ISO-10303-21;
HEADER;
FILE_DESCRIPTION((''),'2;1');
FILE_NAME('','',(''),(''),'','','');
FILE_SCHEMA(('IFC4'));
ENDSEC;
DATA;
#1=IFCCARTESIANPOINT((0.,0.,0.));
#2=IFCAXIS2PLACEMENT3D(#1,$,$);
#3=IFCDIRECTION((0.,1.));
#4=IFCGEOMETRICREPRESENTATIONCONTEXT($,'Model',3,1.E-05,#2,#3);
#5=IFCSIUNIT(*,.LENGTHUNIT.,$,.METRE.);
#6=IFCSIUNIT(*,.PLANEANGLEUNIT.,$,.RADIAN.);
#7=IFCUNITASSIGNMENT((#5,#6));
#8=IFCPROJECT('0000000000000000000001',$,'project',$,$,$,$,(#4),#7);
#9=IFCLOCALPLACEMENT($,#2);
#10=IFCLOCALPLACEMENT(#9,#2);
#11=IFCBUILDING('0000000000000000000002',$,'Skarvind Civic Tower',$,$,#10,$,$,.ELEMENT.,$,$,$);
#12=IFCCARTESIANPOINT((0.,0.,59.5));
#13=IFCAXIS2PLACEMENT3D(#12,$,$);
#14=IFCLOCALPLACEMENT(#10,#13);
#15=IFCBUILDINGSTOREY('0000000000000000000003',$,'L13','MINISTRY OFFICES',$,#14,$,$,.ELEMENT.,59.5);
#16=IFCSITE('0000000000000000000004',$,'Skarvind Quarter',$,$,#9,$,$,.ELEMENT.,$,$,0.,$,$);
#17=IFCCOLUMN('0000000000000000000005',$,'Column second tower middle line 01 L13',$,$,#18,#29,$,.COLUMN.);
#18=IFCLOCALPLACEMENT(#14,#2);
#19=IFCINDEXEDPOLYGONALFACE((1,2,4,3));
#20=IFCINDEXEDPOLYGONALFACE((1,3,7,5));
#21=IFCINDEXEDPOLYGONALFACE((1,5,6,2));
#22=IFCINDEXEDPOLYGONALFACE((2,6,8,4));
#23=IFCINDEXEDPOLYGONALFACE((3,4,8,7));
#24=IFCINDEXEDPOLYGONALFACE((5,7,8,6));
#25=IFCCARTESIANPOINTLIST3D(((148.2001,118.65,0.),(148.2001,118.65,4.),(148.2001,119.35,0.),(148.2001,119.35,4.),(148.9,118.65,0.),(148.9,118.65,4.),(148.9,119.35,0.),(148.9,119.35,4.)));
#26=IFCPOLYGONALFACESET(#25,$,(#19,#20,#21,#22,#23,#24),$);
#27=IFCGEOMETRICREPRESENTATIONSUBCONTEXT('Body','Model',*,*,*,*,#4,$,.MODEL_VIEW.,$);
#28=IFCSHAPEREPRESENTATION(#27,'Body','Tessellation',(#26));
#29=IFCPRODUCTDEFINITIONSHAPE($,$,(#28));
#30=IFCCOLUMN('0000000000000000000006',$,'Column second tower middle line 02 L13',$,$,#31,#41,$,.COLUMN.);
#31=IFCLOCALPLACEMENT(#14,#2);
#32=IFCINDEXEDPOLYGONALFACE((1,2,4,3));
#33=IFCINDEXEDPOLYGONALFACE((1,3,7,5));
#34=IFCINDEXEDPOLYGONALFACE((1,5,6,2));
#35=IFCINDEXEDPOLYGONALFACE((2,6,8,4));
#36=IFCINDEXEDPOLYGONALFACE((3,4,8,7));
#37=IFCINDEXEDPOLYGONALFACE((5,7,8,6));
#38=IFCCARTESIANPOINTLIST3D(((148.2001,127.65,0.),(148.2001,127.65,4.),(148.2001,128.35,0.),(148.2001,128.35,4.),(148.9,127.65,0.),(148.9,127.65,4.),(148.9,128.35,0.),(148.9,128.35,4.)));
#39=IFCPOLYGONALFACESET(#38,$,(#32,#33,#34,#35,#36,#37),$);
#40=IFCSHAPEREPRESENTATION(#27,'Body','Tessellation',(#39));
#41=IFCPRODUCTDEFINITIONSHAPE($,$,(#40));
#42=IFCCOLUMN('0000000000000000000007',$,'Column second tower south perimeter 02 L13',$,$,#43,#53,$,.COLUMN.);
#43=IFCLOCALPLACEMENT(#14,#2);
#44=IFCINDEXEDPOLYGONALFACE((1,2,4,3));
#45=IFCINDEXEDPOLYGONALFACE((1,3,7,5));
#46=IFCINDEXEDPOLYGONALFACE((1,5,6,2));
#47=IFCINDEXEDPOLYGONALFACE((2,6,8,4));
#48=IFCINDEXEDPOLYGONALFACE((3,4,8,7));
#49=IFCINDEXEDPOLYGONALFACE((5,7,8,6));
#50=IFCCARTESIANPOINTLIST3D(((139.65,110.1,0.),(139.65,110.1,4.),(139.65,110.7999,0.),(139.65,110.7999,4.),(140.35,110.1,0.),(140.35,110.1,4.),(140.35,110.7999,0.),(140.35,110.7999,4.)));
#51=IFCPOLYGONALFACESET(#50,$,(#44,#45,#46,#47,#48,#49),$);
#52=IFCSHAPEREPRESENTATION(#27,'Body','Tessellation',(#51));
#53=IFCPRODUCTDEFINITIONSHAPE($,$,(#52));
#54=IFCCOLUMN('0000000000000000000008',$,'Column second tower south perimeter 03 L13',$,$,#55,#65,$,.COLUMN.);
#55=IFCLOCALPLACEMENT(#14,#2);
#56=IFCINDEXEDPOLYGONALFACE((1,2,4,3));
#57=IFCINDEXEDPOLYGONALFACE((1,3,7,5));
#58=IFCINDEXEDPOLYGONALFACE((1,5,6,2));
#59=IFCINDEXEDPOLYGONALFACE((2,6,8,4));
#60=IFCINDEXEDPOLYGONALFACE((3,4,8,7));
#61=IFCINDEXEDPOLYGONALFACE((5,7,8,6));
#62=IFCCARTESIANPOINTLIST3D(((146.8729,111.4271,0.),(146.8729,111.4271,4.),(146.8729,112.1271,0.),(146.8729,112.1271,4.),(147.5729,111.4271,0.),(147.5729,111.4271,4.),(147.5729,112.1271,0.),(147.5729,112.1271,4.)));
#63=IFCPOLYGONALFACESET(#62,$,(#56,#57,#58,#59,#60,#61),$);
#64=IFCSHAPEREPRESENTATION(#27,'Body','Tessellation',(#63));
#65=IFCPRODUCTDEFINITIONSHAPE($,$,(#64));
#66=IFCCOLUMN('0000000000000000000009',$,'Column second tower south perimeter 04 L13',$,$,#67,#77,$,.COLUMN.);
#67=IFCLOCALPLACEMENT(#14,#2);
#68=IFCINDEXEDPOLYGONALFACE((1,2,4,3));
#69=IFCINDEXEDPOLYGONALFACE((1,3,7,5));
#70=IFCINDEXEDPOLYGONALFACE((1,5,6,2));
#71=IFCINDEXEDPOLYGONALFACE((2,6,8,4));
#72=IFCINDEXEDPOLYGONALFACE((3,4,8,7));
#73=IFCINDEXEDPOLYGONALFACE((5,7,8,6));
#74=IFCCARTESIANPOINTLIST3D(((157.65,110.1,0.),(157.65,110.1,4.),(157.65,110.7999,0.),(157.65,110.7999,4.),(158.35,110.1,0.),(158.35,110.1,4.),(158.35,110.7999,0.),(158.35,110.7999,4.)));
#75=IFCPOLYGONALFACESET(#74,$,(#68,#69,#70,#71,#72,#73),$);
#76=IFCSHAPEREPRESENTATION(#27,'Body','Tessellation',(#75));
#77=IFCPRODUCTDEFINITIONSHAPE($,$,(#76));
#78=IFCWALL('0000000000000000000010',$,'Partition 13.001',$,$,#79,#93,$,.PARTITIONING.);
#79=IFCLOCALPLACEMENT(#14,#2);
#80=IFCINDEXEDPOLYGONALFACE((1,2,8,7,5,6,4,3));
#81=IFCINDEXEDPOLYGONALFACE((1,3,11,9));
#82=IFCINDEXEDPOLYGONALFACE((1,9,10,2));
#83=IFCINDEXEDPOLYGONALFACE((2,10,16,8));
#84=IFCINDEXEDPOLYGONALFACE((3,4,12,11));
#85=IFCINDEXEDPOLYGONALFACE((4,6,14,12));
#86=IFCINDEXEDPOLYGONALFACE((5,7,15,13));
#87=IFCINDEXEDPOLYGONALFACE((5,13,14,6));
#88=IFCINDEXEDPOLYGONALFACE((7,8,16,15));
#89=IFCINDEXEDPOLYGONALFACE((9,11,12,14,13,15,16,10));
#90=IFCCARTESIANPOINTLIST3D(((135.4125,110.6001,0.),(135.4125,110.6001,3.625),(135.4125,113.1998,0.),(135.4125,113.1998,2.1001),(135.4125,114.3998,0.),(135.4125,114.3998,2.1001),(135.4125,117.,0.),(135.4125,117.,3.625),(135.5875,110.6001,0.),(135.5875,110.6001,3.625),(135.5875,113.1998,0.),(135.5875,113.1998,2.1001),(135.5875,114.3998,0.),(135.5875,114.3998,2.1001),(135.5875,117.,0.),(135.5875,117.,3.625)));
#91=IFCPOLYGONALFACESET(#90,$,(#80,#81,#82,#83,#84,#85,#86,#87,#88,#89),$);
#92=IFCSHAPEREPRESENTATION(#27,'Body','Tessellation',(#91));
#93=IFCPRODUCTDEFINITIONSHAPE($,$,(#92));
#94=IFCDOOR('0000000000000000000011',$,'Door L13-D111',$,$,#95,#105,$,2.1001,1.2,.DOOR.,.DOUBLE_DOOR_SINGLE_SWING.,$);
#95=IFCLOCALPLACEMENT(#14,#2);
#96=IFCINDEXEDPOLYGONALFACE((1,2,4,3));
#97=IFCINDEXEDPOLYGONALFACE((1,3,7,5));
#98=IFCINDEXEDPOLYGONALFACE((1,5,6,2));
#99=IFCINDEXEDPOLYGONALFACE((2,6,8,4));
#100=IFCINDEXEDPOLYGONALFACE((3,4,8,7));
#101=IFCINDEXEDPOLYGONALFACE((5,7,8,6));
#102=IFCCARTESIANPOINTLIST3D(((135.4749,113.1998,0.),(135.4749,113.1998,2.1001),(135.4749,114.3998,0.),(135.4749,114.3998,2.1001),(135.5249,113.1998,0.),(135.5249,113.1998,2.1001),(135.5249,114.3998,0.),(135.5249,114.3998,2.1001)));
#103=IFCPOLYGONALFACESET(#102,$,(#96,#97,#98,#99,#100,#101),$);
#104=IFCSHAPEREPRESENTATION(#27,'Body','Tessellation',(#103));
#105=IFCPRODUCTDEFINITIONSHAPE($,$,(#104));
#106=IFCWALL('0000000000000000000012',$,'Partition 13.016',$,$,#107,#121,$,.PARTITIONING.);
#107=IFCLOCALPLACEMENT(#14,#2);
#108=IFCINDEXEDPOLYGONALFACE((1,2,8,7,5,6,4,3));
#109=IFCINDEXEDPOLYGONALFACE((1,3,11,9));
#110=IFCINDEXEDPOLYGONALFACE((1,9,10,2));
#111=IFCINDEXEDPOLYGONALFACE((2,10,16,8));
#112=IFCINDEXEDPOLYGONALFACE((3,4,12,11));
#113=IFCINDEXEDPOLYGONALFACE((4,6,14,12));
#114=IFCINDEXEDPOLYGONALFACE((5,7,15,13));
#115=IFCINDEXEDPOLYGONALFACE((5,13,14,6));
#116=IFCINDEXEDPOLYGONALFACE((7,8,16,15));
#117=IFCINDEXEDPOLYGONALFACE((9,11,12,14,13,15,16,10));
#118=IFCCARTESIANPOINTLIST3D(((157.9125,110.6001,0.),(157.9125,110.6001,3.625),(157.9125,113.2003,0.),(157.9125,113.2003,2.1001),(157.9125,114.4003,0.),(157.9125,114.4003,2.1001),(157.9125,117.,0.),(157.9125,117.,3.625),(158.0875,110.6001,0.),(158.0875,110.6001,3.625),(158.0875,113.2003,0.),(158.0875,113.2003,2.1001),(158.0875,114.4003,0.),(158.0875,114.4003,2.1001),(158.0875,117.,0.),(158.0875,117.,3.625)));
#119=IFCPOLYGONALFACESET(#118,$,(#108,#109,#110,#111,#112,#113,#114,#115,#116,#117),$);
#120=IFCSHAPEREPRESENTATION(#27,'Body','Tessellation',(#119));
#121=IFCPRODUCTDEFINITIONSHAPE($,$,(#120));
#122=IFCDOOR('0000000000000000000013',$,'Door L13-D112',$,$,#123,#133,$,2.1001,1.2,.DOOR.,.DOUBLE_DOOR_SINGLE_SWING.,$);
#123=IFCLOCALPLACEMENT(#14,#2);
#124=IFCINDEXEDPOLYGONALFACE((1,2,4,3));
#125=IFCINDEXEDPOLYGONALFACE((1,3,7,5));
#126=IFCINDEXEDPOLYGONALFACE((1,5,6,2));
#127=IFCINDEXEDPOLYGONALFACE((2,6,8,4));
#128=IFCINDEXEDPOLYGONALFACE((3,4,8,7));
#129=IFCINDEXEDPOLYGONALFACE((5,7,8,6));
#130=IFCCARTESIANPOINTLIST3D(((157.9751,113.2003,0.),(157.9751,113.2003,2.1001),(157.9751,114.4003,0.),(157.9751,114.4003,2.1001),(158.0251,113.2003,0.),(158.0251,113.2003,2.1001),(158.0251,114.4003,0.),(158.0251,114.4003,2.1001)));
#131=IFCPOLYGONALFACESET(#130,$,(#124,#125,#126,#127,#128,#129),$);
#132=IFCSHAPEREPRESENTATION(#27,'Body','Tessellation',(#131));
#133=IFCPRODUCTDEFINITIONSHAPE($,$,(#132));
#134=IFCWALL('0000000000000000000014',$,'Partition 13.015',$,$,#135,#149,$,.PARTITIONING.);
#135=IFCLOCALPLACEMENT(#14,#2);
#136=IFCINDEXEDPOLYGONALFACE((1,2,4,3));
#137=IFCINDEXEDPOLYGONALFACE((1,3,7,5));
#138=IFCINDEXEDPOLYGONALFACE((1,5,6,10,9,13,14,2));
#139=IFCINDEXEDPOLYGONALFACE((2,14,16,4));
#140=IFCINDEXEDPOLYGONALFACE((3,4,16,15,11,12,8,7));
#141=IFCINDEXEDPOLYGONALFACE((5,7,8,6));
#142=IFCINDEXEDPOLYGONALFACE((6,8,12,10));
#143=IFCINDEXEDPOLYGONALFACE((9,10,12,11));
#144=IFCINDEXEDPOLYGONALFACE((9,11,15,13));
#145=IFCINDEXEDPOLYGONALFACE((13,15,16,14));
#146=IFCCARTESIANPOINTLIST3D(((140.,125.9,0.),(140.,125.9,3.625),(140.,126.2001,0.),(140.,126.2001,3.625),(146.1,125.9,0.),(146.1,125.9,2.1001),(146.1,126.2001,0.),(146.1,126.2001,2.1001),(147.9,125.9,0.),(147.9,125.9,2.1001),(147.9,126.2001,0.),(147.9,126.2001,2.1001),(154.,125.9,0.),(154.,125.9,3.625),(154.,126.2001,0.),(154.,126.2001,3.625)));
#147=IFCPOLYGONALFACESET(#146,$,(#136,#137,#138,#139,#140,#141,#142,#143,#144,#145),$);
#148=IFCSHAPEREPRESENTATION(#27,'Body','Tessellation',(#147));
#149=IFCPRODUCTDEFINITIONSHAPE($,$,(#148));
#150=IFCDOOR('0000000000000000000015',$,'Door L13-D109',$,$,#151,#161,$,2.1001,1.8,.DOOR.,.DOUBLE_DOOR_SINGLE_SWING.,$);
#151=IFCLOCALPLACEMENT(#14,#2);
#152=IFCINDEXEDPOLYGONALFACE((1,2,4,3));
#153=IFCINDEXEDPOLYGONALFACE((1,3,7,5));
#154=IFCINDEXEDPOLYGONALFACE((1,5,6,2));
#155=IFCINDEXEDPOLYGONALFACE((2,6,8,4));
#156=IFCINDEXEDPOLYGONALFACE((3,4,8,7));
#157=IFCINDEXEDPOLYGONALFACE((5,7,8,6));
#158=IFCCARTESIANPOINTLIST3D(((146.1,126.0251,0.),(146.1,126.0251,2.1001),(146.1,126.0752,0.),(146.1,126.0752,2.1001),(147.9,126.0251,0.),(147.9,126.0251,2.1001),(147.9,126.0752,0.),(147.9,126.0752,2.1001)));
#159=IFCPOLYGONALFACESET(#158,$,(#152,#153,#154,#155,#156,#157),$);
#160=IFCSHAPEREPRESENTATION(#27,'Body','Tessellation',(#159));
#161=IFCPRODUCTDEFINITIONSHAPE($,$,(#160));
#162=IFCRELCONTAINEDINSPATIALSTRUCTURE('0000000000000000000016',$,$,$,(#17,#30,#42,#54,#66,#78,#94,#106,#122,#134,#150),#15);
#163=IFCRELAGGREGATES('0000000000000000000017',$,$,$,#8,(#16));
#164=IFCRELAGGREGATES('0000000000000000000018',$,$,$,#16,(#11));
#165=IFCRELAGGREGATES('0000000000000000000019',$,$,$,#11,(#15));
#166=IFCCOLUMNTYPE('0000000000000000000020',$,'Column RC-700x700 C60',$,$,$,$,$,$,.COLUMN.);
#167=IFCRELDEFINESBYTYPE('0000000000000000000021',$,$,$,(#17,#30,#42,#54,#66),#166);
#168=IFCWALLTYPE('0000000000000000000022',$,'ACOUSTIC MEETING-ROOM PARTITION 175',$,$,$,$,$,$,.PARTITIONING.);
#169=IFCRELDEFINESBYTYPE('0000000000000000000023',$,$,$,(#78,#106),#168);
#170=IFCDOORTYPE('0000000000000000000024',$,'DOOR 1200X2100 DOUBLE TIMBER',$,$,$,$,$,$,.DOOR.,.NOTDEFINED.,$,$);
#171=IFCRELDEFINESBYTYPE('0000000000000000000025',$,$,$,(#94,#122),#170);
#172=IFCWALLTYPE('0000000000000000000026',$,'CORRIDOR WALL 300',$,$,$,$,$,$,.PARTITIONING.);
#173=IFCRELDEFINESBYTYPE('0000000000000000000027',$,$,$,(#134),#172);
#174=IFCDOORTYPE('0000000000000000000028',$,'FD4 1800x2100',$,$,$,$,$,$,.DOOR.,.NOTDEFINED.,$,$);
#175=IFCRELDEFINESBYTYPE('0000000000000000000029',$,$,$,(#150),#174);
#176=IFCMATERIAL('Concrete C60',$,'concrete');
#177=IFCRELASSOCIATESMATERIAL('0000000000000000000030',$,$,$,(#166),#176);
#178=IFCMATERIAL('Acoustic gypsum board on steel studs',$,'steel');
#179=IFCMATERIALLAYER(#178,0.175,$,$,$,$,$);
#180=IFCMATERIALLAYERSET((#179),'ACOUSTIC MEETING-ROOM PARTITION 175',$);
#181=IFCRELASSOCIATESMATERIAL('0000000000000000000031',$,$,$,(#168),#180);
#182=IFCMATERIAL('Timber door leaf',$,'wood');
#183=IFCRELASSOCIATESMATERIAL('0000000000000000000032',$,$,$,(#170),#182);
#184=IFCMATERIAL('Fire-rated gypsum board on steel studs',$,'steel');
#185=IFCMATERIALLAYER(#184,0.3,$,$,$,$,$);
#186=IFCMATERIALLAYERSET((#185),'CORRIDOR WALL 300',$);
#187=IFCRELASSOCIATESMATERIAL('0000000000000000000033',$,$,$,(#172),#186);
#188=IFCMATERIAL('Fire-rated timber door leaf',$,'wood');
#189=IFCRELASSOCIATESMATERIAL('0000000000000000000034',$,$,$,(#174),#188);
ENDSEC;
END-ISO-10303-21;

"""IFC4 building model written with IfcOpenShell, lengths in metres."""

from ifc_helpers import new_model, si_unit, direction, frame, frame_2d, origin, origin_2d, place, context, subcontext, project, spatial, rectangle, extrude, material, layer, layer_set, material_profile, profile_set, type_object, element, fill, save


model = new_model("IFC4")

# Units and contexts
model_context = context("Model", 3, precision=1e-05, world=origin(), true_north=direction((0.0, 1.0)))
body_context = subcontext(model_context, "Body", "Model", "MODEL_VIEW")
ifc_project = project(units=[si_unit("LENGTHUNIT", "METRE"), si_unit("PLANEANGLEUNIT", "RADIAN")], contexts=[model_context])

# Site, building, storey
site_placement = place(None, origin())
site = spatial("IfcSite", under=ifc_project, at=site_placement, Name="Skarvind Quarter", CompositionType="ELEMENT", RefElevation=0.0)
building_placement = place(site_placement, origin())
building = spatial("IfcBuilding", under=site, at=building_placement, Name="Skarvind Civic Tower", CompositionType="ELEMENT")
storey_placement = place(building_placement, frame((0.0, 0.0, 59.5)))
storey = spatial("IfcBuildingStorey", under=building, at=storey_placement, Name="L13", Description="MINISTRY OFFICES", CompositionType="ELEMENT", Elevation=59.5)

# Columns
ifc_material_1 = material(Name="Concrete C60", Category="concrete")
ifc_material_profile = material_profile(ifc_material_1, rectangle(XDim=0.7, YDim=0.7, at=origin_2d()), Name="RC-700x700")
ifc_profile_set = profile_set([ifc_material_profile], Name="Concrete C60")
column_type = type_object("IfcColumnType", Name="Column RC-700x700 C60", PredefinedType="COLUMN", material=ifc_profile_set)
for number, where, z_axis, x_axis, name in (
    (1, (148.55, 119.0, 0.0), (0.0, 0.0, 1.0), (1.0, 0.0, 0.0), "Column second tower middle line 01 L13"),
    (2, (148.55, 128.0, 0.0), (0.0, 0.0, 1.0), (1.0, 0.0, 0.0), "Column second tower middle line 02 L13"),
    (3, (140.0, 110.45, 0.0), (0.0, 0.0, 1.0), (1.0, 0.0, 0.0), "Column second tower south perimeter 02 L13"),
    (4, (147.2229, 111.7771, 0.0), (0.0, 0.0, 1.0), (1.0, 0.0, 0.0), "Column second tower south perimeter 03 L13"),
    (5, (158.0, 110.45, 0.0), (0.0, 0.0, 1.0), (1.0, 0.0, 0.0), "Column second tower south perimeter 04 L13"),
):
    element("IfcColumn", number, at=place(storey_placement, frame(where, z_axis=z_axis, x_axis=x_axis)), inside=storey, type_object=column_type, Name=name, PredefinedType="COLUMN", context=body_context, shape_type="SweptSolid", body=[
        extrude(rectangle(XDim=0.7, YDim=0.7, at=origin_2d()), origin(), (0.0, 0.0, 1.0), 4.0),
    ])

# Walls, openings, doors
ifc_material_2 = material(Name="Acoustic gypsum board on steel studs", Category="steel")
ifc_layer_1 = layer(ifc_material_2, 0.175)
ifc_layer_set_1 = layer_set([ifc_layer_1], Name="ACOUSTIC MEETING-ROOM PARTITION 175")
wall_type_1 = type_object("IfcWallType", Name="ACOUSTIC MEETING-ROOM PARTITION 175", PredefinedType="PARTITIONING", material=ifc_layer_set_1)
wall_1_placement = place(storey_placement, frame((135.5, 117.0, 0.0), z_axis=(0.0, 0.0, 1.0), x_axis=(0.0, -1.0, 0.0)))
wall_1 = element("IfcWall", 6, at=wall_1_placement, inside=storey, type_object=wall_type_1, Name="Partition 13.001", PredefinedType="PARTITIONING", context=body_context, shape_type="SweptSolid", body=[
    extrude(rectangle(XDim=6.3999, YDim=0.175, at=frame_2d((3.2, 0.0))), origin(), (0.0, 0.0, 1.0), 3.625),
])
opening_1_placement = place(wall_1_placement, frame((2.6001, 0.0, 0.0)))
opening_1 = element("IfcOpeningElement", 7, at=opening_1_placement, cuts=wall_1, PredefinedType="OPENING", context=body_context, shape_type="SweptSolid", body=[
    extrude(rectangle(XDim=1.2, YDim=2.1001, at=frame_2d((0.6001, 1.05))), frame((0.0, 0.0974, 0.0), z_axis=(0.0, -1.0, 0.0), x_axis=(1.0, 0.0, 0.0)), (0.0, 0.0, 1.0), 0.1951),
])
ifc_material_3 = material(Name="Timber door leaf", Category="wood")
door_type_1 = type_object("IfcDoorType", Name="DOOR 1200X2100 DOUBLE TIMBER", OperationType="NOTDEFINED", PredefinedType="DOOR", material=ifc_material_3)
door_1_placement = place(opening_1_placement, origin())
door_1 = element("IfcDoor", 8, at=door_1_placement, inside=storey, type_object=door_type_1, Name="Door L13-D111", OperationType="DOUBLE_DOOR_SINGLE_SWING", OverallHeight=2.1001, OverallWidth=1.2, PredefinedType="DOOR", context=body_context, shape_type="SweptSolid", body=[
    extrude(rectangle(XDim=1.2, YDim=2.1001, at=frame_2d((0.6001, 1.05))), frame((0.0, 0.0249, 0.0), z_axis=(0.0, -1.0, 0.0), x_axis=(1.0, 0.0, 0.0)), (0.0, 0.0, 1.0), 0.05),
])
fill(opening_1, door_1)
wall_2_placement = place(storey_placement, frame((158.0, 110.6001, 0.0), z_axis=(0.0, 0.0, 1.0), x_axis=(0.0, 1.0, 0.0)))
wall_2 = element("IfcWall", 9, at=wall_2_placement, inside=storey, type_object=wall_type_1, Name="Partition 13.016", PredefinedType="PARTITIONING", context=body_context, shape_type="SweptSolid", body=[
    extrude(rectangle(XDim=6.3999, YDim=0.175, at=frame_2d((3.2, 0.0))), origin(), (0.0, 0.0, 1.0), 3.625),
])
opening_2_placement = place(wall_2_placement, frame((2.6001, 0.0, 0.0)))
opening_2 = element("IfcOpeningElement", 10, at=opening_2_placement, cuts=wall_2, PredefinedType="OPENING", context=body_context, shape_type="SweptSolid", body=[
    extrude(rectangle(XDim=1.2, YDim=2.1001, at=frame_2d((0.6001, 1.05))), frame((0.0, 0.0974, 0.0), z_axis=(0.0, -1.0, 0.0), x_axis=(1.0, 0.0, 0.0)), (0.0, 0.0, 1.0), 0.1951),
])
door_2_placement = place(opening_2_placement, origin())
door_2 = element("IfcDoor", 11, at=door_2_placement, inside=storey, type_object=door_type_1, Name="Door L13-D112", OperationType="DOUBLE_DOOR_SINGLE_SWING", OverallHeight=2.1001, OverallWidth=1.2, PredefinedType="DOOR", context=body_context, shape_type="SweptSolid", body=[
    extrude(rectangle(XDim=1.2, YDim=2.1001, at=frame_2d((0.6001, 1.05))), frame((0.0, 0.0249, 0.0), z_axis=(0.0, -1.0, 0.0), x_axis=(1.0, 0.0, 0.0)), (0.0, 0.0, 1.0), 0.05),
])
fill(opening_2, door_2)
ifc_material_4 = material(Name="Fire-rated gypsum board on steel studs", Category="steel")
ifc_layer_2 = layer(ifc_material_4, 0.3)
ifc_layer_set_2 = layer_set([ifc_layer_2], Name="CORRIDOR WALL 300")
wall_type_2 = type_object("IfcWallType", Name="CORRIDOR WALL 300", PredefinedType="PARTITIONING", material=ifc_layer_set_2)
wall_3_placement = place(storey_placement, frame((154.0, 126.05, 0.0), z_axis=(0.0, 0.0, 1.0), x_axis=(-1.0, 0.0, 0.0)))
wall_3 = element("IfcWall", 12, at=wall_3_placement, inside=storey, type_object=wall_type_2, Name="Partition 13.015", PredefinedType="PARTITIONING", context=body_context, shape_type="SweptSolid", body=[
    extrude(rectangle(XDim=14.0, YDim=0.3, at=frame_2d((7.0, 0.0))), origin(), (0.0, 0.0, 1.0), 3.625),
])
opening_3_placement = place(wall_3_placement, frame((6.1001, 0.0, 0.0)))
opening_3 = element("IfcOpeningElement", 13, at=opening_3_placement, cuts=wall_3, PredefinedType="OPENING", context=body_context, shape_type="SweptSolid", body=[
    extrude(rectangle(XDim=1.8, YDim=2.1001, at=frame_2d((0.8999, 1.05))), frame((0.0, 0.1599, 0.0), z_axis=(0.0, -1.0, 0.0), x_axis=(1.0, 0.0, 0.0)), (0.0, 0.0, 1.0), 0.3201),
])
ifc_material_5 = material(Name="Fire-rated timber door leaf", Category="wood")
door_type_2 = type_object("IfcDoorType", Name="FD4 1800x2100", OperationType="NOTDEFINED", PredefinedType="DOOR", material=ifc_material_5)
door_3_placement = place(opening_3_placement, origin())
door_3 = element("IfcDoor", 14, at=door_3_placement, inside=storey, type_object=door_type_2, Name="Door L13-D109", OperationType="DOUBLE_DOOR_SINGLE_SWING", OverallHeight=2.1001, OverallWidth=1.8, PredefinedType="DOOR", context=body_context, shape_type="SweptSolid", body=[
    extrude(rectangle(XDim=1.8, YDim=2.1001, at=frame_2d((0.8999, 1.05))), frame((0.0, 0.0249, 0.0), z_axis=(0.0, -1.0, 0.0), x_axis=(1.0, 0.0, 0.0)), (0.0, 0.0, 1.0), 0.05),
])
fill(opening_3, door_3)

save(model, "model.ifc")
